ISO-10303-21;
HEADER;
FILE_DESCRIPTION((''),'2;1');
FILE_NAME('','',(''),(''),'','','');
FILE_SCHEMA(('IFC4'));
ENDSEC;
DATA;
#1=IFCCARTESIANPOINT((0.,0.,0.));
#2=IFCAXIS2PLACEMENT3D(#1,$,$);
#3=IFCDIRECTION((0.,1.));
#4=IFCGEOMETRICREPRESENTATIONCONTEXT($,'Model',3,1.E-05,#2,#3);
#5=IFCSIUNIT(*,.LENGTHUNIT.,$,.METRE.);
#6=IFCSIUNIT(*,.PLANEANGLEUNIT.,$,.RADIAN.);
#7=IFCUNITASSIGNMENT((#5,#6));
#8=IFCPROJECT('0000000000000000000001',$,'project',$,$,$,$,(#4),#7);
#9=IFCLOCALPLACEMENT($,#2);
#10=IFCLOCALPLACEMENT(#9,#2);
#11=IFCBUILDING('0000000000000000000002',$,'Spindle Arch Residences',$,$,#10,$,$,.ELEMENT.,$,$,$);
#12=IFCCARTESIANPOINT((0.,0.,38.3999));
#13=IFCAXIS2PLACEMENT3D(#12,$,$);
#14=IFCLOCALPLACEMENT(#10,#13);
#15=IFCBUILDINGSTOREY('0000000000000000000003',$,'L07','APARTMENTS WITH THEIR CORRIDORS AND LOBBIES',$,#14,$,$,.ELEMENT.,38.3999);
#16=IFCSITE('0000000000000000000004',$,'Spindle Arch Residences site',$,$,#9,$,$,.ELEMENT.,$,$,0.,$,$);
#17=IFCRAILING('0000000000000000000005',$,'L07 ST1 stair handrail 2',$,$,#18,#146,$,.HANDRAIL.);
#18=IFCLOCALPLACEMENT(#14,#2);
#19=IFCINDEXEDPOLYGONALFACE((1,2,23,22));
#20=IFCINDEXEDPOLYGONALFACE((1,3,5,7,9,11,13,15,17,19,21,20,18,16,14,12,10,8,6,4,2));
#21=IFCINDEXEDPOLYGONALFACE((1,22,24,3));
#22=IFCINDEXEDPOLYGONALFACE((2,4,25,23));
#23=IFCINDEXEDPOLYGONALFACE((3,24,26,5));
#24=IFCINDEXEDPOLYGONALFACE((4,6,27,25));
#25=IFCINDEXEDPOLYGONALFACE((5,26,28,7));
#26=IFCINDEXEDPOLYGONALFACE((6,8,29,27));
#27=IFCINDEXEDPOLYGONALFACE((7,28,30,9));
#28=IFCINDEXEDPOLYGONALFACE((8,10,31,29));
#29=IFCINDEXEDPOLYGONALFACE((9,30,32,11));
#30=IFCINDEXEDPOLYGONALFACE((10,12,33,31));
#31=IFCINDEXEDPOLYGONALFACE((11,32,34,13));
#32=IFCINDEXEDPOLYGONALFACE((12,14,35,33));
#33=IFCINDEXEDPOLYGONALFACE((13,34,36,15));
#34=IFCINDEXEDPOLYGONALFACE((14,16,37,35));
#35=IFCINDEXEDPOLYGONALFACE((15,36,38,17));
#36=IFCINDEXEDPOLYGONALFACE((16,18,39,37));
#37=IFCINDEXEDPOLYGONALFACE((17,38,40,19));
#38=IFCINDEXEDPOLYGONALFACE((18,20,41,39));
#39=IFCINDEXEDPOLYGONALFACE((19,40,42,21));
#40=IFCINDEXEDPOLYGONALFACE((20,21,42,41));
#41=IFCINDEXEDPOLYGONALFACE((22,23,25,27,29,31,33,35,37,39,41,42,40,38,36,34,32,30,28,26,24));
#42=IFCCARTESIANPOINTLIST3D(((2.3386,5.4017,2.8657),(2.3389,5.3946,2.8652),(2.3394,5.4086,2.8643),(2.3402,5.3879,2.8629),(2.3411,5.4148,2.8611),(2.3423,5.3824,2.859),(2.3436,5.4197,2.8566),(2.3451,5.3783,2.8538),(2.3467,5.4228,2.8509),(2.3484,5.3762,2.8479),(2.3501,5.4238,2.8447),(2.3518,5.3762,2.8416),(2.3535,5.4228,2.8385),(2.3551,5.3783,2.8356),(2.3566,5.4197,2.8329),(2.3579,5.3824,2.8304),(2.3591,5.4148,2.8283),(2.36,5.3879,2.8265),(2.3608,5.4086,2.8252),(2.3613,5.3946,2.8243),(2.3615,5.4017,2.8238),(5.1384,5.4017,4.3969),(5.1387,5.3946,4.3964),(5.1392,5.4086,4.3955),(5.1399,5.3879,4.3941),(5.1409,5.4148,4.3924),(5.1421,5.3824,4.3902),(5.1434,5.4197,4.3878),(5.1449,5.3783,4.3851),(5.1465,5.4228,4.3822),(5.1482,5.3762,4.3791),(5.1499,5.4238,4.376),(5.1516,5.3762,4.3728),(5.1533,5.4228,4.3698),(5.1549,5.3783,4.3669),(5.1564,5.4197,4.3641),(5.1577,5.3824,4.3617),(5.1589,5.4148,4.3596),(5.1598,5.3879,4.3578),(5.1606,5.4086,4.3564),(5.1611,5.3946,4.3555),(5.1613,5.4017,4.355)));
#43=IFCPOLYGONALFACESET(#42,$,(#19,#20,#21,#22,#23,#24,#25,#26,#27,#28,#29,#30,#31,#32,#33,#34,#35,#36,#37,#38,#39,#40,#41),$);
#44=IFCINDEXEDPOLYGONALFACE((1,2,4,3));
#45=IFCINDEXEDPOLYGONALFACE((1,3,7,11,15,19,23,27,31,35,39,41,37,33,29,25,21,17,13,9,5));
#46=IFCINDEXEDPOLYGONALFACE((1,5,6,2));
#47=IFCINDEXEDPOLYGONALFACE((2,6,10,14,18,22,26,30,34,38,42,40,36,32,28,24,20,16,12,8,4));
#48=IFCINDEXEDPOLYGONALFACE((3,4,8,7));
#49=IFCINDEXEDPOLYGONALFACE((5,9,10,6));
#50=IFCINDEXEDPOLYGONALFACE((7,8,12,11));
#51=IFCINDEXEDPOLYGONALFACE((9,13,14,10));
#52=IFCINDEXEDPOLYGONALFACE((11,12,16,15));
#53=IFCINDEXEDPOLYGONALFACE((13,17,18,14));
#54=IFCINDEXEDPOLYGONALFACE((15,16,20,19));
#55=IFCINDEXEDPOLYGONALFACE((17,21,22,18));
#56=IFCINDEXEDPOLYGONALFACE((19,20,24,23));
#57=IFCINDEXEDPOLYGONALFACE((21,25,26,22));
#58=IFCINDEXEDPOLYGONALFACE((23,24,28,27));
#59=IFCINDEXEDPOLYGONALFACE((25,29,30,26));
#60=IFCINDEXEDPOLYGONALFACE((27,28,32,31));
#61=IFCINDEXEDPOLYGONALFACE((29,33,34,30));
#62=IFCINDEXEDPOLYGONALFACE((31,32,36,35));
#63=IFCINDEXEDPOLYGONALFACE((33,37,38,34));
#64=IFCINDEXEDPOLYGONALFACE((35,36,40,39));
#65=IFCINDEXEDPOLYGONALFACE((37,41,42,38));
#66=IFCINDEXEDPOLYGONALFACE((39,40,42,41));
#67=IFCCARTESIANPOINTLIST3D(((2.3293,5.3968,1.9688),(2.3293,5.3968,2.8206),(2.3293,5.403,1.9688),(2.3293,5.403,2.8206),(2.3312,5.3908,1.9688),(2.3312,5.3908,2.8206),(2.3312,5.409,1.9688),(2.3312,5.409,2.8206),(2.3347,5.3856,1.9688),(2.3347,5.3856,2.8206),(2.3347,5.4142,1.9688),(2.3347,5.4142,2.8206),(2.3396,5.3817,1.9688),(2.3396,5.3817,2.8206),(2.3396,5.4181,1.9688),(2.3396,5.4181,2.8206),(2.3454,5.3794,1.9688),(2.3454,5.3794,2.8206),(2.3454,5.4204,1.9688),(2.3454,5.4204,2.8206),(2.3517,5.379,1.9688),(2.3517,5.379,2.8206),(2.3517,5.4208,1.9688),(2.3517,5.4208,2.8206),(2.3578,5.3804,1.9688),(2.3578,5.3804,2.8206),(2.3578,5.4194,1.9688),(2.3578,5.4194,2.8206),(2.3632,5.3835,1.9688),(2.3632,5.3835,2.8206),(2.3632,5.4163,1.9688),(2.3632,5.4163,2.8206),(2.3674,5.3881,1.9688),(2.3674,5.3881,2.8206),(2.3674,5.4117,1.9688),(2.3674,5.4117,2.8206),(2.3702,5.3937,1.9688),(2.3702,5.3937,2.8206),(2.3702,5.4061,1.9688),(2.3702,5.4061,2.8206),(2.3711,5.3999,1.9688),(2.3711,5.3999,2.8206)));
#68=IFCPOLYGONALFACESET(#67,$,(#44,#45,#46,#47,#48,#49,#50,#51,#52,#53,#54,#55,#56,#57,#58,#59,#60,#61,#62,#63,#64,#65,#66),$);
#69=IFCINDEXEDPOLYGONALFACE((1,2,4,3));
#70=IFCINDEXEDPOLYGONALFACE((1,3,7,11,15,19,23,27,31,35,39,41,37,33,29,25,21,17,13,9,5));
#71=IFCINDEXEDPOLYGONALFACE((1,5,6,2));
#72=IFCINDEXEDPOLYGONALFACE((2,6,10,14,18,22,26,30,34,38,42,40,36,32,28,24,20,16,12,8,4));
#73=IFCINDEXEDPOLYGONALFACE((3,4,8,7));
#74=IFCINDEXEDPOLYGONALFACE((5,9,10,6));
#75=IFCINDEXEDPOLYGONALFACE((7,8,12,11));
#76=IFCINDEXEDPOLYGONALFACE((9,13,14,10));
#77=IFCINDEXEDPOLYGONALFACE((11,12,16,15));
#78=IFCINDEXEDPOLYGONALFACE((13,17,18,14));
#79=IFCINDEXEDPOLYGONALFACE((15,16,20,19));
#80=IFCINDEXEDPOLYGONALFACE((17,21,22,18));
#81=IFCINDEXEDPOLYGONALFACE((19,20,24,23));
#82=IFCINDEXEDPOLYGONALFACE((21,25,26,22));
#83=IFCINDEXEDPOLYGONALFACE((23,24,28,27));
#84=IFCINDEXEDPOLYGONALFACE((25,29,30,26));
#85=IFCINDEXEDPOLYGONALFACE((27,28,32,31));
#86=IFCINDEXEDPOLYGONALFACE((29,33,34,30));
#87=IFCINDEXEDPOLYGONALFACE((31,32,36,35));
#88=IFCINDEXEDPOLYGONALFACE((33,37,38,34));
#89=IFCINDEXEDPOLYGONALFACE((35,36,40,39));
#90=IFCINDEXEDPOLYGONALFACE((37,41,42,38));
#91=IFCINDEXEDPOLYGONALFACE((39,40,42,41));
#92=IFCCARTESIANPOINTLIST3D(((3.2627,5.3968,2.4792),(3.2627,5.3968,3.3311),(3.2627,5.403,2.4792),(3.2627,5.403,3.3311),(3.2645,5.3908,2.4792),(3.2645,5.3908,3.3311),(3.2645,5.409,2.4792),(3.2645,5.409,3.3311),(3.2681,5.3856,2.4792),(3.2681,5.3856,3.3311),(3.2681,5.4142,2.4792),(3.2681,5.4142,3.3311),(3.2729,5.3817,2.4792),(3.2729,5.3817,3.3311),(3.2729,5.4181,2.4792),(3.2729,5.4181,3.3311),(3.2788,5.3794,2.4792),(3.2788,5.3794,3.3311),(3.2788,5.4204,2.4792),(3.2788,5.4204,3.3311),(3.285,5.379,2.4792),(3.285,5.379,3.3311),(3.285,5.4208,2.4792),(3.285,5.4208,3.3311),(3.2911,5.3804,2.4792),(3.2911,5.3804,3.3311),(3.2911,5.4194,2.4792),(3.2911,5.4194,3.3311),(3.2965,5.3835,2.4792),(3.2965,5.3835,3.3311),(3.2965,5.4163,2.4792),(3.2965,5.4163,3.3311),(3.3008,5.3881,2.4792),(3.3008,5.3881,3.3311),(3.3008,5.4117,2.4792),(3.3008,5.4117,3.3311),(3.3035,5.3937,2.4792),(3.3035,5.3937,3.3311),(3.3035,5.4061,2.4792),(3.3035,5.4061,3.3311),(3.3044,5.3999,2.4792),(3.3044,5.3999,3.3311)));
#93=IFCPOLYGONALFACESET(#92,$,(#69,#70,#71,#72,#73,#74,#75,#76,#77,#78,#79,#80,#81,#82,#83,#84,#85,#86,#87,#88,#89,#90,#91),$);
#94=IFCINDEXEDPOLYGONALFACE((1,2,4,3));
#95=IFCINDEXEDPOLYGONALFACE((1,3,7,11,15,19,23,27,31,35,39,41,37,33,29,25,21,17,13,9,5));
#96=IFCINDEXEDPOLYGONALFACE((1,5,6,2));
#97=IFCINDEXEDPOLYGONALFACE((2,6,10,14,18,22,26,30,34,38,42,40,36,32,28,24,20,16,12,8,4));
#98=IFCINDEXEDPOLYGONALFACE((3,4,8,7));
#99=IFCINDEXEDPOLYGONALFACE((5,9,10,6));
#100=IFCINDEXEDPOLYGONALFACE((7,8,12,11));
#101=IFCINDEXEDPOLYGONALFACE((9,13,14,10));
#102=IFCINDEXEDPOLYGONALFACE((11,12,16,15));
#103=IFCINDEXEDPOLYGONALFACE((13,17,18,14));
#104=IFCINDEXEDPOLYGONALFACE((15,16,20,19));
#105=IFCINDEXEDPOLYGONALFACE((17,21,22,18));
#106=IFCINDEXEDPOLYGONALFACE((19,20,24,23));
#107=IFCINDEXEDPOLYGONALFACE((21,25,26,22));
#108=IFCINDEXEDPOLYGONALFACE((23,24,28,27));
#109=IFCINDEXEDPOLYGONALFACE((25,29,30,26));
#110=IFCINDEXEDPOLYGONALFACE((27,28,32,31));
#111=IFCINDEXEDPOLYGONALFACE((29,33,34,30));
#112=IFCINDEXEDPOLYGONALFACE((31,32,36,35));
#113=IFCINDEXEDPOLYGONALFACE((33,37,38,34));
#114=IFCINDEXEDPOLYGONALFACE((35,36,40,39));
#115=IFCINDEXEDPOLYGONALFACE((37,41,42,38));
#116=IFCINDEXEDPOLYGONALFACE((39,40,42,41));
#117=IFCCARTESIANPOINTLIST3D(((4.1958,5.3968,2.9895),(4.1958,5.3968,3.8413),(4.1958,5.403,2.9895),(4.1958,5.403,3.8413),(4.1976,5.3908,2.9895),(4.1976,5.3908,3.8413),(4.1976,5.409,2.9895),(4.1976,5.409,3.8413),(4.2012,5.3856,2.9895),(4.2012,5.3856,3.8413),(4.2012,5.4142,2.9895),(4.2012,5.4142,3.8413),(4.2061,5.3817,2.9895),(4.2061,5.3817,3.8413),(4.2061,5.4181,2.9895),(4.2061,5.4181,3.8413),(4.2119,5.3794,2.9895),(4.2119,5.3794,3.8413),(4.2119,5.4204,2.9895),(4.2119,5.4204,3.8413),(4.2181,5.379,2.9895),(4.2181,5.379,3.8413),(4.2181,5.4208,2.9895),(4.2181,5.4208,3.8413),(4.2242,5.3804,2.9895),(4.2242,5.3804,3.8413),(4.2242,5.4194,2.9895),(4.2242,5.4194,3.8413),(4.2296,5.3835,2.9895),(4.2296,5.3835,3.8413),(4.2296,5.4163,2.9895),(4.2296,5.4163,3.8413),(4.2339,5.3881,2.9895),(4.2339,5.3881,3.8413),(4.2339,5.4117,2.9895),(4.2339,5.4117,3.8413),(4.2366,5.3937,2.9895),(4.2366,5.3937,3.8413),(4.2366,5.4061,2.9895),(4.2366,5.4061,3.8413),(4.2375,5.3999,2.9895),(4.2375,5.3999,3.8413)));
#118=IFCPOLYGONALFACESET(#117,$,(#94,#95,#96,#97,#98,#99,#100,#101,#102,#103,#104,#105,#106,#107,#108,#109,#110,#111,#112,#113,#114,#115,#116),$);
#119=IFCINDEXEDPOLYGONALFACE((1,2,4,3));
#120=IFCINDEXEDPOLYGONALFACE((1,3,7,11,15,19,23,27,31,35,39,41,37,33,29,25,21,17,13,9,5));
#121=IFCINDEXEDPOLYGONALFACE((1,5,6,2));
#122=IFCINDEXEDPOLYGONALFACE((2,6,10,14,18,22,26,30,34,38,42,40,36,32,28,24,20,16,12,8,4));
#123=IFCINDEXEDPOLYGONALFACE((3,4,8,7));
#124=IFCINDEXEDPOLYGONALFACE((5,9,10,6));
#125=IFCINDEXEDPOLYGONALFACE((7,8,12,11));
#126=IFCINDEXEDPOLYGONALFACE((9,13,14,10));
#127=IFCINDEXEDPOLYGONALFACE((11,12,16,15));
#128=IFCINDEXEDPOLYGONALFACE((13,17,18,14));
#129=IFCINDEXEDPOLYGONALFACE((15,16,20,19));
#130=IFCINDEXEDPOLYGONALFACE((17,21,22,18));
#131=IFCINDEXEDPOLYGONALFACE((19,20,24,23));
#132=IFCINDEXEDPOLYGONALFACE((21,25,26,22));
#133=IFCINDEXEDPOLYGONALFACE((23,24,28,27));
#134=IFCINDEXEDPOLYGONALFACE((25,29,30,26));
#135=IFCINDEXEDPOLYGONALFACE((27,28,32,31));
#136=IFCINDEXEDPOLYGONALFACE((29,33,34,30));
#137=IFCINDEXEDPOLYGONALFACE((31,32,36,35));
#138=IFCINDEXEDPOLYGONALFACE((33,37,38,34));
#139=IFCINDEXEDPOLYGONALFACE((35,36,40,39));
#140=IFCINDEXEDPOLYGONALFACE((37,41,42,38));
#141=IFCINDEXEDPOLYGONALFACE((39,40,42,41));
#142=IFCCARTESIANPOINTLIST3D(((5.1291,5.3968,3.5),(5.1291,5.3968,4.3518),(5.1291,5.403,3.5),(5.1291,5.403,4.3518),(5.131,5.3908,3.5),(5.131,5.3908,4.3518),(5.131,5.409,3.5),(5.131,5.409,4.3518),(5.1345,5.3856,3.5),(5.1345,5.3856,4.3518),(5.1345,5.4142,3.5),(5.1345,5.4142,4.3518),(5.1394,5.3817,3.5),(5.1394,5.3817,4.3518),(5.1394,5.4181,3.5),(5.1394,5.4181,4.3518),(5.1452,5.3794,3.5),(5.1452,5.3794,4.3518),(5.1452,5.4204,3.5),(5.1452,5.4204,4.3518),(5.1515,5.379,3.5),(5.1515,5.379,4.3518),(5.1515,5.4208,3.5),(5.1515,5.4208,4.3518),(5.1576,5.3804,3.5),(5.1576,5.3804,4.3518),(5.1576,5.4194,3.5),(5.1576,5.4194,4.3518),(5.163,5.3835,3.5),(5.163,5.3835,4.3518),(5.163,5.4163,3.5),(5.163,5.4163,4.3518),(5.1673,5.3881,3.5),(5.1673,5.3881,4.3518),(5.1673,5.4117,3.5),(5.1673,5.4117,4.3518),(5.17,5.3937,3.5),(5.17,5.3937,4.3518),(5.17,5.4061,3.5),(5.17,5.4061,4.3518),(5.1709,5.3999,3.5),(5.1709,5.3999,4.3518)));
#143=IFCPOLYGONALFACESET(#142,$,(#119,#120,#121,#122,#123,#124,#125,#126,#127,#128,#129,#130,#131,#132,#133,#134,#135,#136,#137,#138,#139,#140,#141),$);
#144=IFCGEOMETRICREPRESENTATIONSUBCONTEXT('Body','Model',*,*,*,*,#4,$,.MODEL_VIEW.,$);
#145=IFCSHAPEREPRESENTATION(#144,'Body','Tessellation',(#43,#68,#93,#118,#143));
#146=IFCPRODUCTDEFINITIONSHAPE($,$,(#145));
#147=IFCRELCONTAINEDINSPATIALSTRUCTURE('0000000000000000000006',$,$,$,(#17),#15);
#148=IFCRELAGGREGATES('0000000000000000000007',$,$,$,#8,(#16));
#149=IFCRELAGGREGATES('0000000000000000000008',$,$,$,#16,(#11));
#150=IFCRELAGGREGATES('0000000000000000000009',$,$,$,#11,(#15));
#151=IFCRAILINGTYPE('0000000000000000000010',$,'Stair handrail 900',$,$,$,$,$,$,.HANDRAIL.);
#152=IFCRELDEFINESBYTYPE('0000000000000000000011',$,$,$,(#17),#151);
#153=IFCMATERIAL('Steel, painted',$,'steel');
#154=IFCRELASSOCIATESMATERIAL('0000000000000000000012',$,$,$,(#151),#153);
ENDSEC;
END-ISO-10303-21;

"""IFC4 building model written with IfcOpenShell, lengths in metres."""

from ifc_helpers import new_model, si_unit, direction, frame, origin, origin_2d, place, context, subcontext, project, spatial, circle, extrude, material, type_object, element, save


model = new_model("IFC4")

# Units and contexts
model_context = context("Model", 3, precision=1e-05, world=origin(), true_north=direction((0.0, 1.0)))
body_context = subcontext(model_context, "Body", "Model", "MODEL_VIEW")
ifc_project = project(units=[si_unit("LENGTHUNIT", "METRE"), si_unit("PLANEANGLEUNIT", "RADIAN")], contexts=[model_context])

# Site, building, storey
site_placement = place(None, origin())
site = spatial("IfcSite", under=ifc_project, at=site_placement, Name="Spindle Arch Residences site", CompositionType="ELEMENT", RefElevation=0.0)
building_placement = place(site_placement, origin())
building = spatial("IfcBuilding", under=site, at=building_placement, Name="Spindle Arch Residences", CompositionType="ELEMENT")
storey_placement = place(building_placement, frame((0.0, 0.0, 38.3999)))
storey = spatial("IfcBuildingStorey", under=building, at=storey_placement, Name="L07", Description="APARTMENTS WITH THEIR CORRIDORS AND LOBBIES", CompositionType="ELEMENT", Elevation=38.3999)

# Railing
ifc_material_1 = material(Name="Steel, painted", Category="steel")
railing_type_1 = type_object("IfcRailingType", Name="Stair handrail 900", PredefinedType="HANDRAIL", material=ifc_material_1)
railing_1_placement = place(storey_placement, frame((2.3501, 5.3999, 1.9688)))
element("IfcRailing", 1, at=railing_1_placement, inside=storey, type_object=railing_type_1, Name="L07 ST1 stair handrail 2", PredefinedType="HANDRAIL", context=body_context, shape_type="SweptSolid", body=[
    extrude(circle(Radius=0.0239, at=origin_2d()), frame((0.0, 0.0, 0.876), z_axis=(0.877357, 0.0, 0.479838), x_axis=(0.0, 1.0, 0.0)), (0.0, 0.0, 1.0), 3.1912),
    extrude(circle(Radius=0.021, at=origin_2d()), origin(), (0.0, 0.0, 1.0), 0.8518),
    extrude(circle(Radius=0.021, at=origin_2d()), frame((0.9333, 0.0, 0.5105)), (0.0, 0.0, 1.0), 0.8518),
    extrude(circle(Radius=0.021, at=origin_2d()), frame((1.8665, 0.0, 1.0208)), (0.0, 0.0, 1.0), 0.8518),
    extrude(circle(Radius=0.021, at=origin_2d()), frame((2.7998, 0.0, 1.5312)), (0.0, 0.0, 1.0), 0.8518),
])

save(model, "model.ifc")
